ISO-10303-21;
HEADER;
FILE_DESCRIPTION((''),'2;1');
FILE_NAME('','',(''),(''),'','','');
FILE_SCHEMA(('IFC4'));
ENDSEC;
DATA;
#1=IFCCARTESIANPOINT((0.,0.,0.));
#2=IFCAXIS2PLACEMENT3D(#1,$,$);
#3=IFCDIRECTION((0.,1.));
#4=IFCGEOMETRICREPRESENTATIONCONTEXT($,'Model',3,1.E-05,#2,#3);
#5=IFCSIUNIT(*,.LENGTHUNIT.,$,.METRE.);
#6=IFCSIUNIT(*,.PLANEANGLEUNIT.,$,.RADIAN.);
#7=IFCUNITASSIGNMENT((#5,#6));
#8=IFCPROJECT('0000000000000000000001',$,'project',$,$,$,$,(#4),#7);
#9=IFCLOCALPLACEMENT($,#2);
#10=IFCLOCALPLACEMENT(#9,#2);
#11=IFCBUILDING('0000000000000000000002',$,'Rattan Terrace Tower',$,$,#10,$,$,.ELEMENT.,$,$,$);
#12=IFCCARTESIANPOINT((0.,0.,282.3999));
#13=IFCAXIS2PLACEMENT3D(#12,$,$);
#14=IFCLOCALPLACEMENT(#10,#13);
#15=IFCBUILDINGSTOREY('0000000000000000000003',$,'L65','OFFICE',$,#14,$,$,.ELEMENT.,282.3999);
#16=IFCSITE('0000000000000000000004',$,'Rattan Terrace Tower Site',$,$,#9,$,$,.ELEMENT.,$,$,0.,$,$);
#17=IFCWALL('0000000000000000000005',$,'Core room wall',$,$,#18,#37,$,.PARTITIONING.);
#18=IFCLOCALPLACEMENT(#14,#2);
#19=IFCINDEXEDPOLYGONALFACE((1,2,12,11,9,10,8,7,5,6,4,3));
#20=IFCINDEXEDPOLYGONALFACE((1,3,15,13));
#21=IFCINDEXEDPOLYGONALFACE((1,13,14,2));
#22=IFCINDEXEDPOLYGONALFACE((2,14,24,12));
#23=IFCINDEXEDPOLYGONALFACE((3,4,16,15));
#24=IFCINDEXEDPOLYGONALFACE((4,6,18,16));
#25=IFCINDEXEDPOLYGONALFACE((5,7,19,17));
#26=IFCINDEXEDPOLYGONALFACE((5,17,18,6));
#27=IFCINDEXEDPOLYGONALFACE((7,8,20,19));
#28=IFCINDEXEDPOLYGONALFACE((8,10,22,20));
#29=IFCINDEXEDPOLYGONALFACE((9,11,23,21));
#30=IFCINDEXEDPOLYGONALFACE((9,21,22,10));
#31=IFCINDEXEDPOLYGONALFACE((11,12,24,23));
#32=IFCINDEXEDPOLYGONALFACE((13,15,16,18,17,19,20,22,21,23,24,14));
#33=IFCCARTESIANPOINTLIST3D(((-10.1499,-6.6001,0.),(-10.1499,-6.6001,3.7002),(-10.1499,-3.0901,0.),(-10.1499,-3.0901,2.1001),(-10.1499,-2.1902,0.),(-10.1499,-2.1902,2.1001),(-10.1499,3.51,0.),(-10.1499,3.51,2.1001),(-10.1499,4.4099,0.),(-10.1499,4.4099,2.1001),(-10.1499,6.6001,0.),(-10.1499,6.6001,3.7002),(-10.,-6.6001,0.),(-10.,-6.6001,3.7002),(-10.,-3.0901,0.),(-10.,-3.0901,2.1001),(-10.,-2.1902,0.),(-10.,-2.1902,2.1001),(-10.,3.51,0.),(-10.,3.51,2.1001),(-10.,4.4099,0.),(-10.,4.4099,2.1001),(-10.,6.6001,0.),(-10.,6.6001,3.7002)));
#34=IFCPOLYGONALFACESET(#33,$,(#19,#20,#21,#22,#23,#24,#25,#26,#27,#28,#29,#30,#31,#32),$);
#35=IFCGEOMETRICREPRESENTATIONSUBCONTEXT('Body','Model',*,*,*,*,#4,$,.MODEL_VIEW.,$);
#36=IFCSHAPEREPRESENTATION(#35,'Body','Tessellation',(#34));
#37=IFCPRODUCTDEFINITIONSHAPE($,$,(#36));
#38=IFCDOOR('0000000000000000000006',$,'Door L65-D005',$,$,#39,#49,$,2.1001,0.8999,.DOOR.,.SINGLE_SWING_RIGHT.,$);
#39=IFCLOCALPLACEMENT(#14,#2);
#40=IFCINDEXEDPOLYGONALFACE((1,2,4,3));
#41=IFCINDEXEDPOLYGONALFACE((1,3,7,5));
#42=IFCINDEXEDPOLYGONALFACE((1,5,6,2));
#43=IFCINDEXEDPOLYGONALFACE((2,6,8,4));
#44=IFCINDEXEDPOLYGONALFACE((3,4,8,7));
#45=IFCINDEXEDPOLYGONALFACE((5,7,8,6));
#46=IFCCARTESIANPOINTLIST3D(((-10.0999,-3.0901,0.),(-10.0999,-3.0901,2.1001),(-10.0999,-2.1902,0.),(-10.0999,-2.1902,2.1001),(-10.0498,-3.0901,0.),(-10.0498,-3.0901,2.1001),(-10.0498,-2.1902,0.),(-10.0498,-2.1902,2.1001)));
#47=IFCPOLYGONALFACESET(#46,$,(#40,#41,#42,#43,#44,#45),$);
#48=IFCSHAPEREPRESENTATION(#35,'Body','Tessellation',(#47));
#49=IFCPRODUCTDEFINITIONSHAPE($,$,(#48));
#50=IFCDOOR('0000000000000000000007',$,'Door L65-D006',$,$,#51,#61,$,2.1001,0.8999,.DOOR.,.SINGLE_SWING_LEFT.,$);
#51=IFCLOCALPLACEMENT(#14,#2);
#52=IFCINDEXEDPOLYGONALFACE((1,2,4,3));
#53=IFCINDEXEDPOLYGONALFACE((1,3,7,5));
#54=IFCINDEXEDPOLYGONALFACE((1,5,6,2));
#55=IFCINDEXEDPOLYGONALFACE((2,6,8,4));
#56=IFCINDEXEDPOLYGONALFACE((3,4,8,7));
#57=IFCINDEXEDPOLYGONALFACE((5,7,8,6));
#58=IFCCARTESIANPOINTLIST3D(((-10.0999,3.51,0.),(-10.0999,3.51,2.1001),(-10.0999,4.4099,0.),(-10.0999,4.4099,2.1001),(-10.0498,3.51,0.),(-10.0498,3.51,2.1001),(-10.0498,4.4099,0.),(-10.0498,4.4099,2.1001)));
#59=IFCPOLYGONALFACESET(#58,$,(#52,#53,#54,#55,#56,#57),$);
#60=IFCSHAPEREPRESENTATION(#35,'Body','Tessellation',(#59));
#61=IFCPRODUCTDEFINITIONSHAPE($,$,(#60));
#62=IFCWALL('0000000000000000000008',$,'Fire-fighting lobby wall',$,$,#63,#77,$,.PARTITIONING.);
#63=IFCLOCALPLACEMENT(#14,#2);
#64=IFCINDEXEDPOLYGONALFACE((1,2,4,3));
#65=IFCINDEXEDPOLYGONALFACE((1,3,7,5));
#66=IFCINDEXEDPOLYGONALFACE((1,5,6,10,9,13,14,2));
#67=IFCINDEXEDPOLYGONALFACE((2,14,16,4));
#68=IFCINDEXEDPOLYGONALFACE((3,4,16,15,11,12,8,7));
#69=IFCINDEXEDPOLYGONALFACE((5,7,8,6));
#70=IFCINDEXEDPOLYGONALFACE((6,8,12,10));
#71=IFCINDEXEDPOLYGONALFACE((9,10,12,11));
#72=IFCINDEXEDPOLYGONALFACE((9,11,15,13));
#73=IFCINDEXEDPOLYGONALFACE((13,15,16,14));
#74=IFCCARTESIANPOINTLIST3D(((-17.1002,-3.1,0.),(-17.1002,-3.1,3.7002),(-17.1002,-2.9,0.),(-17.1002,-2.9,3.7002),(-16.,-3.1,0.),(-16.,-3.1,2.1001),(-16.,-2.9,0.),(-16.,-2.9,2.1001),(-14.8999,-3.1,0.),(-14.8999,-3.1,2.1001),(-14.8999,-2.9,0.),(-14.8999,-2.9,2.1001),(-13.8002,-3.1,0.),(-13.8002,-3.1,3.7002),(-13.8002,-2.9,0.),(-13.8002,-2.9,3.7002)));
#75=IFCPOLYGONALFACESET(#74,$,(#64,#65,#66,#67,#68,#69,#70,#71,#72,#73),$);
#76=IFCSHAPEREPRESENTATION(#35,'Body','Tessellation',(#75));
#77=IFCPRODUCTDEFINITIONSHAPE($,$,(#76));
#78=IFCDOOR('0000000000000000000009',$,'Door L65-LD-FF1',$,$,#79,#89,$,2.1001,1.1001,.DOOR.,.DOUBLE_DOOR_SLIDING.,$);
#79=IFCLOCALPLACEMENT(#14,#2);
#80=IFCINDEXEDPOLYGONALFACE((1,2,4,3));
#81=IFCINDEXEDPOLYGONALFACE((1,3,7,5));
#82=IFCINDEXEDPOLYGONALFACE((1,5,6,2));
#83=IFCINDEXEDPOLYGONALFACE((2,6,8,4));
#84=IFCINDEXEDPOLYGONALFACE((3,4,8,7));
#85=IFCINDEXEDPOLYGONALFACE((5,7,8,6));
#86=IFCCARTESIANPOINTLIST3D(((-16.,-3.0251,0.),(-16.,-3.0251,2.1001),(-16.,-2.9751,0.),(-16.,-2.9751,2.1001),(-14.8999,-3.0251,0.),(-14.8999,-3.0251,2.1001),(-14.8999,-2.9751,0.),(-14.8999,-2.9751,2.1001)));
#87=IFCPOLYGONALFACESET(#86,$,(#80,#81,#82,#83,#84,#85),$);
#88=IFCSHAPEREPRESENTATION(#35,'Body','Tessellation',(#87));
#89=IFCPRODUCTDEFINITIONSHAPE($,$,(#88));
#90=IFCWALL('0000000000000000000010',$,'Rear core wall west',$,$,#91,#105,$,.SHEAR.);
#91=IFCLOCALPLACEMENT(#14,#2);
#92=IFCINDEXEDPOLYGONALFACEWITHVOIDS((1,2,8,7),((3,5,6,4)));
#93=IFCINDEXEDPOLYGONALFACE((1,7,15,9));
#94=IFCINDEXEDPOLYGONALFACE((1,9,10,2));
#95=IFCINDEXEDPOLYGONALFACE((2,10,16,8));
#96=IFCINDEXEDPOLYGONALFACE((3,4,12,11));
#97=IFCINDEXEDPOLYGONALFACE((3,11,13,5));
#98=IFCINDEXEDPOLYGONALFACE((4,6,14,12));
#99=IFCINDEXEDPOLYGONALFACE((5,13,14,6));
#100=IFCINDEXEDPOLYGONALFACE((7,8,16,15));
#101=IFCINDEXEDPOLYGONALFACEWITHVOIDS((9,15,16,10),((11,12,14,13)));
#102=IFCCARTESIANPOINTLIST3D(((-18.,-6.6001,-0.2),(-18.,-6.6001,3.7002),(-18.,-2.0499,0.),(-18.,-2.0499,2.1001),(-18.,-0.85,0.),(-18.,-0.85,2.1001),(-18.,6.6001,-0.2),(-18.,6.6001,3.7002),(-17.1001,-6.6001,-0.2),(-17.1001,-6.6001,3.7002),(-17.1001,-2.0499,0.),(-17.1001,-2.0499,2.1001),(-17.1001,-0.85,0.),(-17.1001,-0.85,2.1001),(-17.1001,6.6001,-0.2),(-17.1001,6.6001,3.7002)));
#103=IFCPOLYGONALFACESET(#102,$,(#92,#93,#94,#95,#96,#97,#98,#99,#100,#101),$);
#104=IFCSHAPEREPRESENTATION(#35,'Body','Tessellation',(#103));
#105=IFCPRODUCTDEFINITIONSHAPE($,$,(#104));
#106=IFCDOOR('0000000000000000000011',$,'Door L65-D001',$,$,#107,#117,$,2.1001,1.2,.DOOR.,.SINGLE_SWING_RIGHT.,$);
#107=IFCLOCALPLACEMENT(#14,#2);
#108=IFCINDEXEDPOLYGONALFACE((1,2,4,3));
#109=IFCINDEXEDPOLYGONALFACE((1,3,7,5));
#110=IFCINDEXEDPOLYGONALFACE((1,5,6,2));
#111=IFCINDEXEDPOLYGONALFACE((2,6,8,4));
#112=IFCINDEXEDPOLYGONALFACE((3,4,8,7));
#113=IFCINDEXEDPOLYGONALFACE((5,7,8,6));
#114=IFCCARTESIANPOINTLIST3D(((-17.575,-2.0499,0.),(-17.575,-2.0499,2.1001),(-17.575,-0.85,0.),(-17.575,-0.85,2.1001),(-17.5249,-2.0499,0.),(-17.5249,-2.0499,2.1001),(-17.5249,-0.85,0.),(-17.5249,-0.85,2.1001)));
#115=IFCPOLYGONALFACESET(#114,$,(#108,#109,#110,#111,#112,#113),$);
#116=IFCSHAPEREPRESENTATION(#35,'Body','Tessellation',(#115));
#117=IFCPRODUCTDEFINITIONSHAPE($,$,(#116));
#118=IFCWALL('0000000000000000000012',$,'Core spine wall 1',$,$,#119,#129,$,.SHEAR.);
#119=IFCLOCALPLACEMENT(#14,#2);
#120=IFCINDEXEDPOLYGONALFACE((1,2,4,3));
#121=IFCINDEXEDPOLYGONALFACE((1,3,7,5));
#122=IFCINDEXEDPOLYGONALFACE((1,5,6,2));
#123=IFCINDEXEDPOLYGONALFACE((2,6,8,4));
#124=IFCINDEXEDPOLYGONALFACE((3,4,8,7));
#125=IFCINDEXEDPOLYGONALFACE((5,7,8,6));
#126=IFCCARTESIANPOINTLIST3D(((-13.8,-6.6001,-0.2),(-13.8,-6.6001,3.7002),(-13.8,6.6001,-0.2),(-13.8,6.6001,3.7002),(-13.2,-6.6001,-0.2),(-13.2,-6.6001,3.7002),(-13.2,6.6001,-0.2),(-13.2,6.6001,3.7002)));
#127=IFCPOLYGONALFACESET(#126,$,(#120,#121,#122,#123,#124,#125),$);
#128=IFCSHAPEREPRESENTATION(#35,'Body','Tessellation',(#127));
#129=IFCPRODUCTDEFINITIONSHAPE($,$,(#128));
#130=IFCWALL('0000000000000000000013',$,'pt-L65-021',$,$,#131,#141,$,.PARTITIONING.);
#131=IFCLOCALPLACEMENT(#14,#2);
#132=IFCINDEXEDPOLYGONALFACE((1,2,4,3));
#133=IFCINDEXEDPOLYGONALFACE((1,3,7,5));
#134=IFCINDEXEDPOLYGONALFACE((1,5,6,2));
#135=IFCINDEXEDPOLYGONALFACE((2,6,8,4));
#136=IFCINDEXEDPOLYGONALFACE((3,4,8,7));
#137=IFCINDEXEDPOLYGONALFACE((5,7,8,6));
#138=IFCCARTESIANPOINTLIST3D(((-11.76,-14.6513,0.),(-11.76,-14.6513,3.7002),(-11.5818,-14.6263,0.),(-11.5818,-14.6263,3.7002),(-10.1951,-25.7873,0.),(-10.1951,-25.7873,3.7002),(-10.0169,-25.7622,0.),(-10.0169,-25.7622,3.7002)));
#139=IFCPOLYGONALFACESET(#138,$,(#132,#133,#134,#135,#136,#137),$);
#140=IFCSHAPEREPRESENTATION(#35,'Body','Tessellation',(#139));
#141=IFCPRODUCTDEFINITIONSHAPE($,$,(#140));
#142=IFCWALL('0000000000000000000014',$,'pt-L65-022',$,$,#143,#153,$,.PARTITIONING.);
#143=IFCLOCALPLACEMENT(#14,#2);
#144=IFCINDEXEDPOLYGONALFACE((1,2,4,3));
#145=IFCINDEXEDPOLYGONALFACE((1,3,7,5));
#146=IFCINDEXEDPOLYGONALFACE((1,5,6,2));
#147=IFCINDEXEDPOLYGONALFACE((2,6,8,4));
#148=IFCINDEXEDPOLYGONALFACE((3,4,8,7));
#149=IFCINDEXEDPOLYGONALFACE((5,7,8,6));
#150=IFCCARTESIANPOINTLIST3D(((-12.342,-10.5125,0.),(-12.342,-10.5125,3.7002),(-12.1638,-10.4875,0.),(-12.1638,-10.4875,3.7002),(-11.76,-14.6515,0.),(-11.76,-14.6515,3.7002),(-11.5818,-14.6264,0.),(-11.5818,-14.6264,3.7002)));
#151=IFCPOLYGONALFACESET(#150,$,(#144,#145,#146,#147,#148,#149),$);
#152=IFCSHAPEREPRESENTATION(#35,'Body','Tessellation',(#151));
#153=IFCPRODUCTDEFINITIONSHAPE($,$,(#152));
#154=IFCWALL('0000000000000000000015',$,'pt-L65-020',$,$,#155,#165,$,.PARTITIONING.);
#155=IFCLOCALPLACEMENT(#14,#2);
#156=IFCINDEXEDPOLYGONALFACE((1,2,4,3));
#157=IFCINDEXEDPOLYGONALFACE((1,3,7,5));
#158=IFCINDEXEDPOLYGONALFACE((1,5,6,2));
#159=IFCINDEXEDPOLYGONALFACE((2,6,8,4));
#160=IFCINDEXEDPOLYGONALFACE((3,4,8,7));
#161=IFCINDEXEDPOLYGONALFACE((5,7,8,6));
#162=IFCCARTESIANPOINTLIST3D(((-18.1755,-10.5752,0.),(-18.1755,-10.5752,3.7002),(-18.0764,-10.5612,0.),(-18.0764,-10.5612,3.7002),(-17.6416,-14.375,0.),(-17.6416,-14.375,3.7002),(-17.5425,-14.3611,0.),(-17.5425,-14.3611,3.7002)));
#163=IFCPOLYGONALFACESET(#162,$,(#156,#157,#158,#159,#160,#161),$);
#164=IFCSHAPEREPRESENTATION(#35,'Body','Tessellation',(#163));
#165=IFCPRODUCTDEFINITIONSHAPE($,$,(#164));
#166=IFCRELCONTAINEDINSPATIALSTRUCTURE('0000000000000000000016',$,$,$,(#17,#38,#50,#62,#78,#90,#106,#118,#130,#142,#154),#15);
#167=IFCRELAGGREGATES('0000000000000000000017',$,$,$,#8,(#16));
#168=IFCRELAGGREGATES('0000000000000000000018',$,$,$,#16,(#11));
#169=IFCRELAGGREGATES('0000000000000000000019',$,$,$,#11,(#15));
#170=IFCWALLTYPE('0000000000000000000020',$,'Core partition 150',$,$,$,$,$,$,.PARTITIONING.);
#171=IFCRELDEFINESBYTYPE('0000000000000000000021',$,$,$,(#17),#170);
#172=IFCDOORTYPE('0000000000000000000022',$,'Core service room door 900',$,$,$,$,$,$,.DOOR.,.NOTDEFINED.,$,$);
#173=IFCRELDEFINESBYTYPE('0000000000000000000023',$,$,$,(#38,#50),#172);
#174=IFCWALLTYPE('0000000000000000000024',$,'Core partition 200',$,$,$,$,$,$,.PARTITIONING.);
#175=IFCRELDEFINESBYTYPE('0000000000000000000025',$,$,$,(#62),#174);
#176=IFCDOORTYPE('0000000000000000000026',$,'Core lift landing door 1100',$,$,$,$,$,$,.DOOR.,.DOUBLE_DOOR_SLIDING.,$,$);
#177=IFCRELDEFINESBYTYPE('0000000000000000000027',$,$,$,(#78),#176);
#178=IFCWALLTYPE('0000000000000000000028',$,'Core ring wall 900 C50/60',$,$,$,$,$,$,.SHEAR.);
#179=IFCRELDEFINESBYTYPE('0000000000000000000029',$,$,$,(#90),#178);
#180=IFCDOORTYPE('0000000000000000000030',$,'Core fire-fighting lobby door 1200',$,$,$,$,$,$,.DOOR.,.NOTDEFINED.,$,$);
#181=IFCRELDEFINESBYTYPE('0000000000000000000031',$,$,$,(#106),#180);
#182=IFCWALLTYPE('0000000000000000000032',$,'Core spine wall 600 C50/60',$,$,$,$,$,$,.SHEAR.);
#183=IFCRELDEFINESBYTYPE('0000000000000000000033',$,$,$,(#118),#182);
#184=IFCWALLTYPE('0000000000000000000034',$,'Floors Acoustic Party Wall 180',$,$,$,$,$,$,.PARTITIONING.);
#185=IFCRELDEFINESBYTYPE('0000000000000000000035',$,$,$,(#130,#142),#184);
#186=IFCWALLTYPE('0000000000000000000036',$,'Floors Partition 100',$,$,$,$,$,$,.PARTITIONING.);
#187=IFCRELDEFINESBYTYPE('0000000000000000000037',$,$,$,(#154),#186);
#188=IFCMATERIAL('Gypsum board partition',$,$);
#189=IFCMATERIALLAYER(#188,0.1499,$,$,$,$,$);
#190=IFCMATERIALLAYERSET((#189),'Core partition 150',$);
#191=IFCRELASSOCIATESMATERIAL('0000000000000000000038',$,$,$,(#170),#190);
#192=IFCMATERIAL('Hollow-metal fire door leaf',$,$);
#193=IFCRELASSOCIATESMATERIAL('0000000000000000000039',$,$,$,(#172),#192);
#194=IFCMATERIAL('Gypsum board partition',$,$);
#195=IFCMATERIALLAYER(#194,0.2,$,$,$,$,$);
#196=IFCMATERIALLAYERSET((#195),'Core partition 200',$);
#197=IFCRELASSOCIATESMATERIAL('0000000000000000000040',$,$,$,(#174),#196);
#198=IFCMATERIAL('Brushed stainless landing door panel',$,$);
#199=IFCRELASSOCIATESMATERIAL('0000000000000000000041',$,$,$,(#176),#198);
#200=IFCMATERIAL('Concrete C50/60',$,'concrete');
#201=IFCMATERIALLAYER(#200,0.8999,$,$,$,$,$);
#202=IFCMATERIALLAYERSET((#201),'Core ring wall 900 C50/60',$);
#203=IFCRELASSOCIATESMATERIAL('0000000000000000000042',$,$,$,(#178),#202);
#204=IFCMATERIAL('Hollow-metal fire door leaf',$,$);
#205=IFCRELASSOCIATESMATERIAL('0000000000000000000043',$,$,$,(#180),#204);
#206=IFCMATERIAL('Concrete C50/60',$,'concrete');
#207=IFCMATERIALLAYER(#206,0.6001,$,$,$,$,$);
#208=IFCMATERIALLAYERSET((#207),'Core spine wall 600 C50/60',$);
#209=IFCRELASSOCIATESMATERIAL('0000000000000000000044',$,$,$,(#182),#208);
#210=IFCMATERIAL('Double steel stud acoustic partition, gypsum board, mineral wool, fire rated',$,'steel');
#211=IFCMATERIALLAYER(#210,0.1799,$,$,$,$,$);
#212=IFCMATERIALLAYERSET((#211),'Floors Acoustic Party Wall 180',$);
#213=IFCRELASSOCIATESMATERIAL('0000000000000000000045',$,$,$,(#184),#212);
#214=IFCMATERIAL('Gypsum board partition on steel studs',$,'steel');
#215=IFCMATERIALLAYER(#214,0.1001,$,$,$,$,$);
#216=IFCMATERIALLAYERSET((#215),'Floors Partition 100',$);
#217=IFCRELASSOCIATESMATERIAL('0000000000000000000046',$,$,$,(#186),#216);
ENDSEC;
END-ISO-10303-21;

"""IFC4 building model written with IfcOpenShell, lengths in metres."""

from ifc_helpers import new_model, si_unit, direction, frame, frame_2d, origin, place, context, subcontext, project, spatial, rectangle, extrude, material, layer, layer_set, type_object, element, fill, save


model = new_model("IFC4")

# Units and contexts
model_context = context("Model", 3, precision=1e-05, world=origin(), true_north=direction((0.0, 1.0)))
body_context = subcontext(model_context, "Body", "Model", "MODEL_VIEW")
ifc_project = project(units=[si_unit("LENGTHUNIT", "METRE"), si_unit("PLANEANGLEUNIT", "RADIAN")], contexts=[model_context])

# Site, building, storey
site_placement = place(None, origin())
site = spatial("IfcSite", under=ifc_project, at=site_placement, Name="Rattan Terrace Tower Site", CompositionType="ELEMENT", RefElevation=0.0)
building_placement = place(site_placement, origin())
building = spatial("IfcBuilding", under=site, at=building_placement, Name="Rattan Terrace Tower", CompositionType="ELEMENT")
storey_placement = place(building_placement, frame((0.0, 0.0, 282.3999)))
storey = spatial("IfcBuildingStorey", under=building, at=storey_placement, Name="L65", Description="OFFICE", CompositionType="ELEMENT", Elevation=282.3999)

# Wall, openings, doors
ifc_material_1 = material(Name="Gypsum board partition")
ifc_layer_1 = layer(ifc_material_1, 0.1499)
ifc_layer_set_1 = layer_set([ifc_layer_1], Name="Core partition 150")
wall_type_1 = type_object("IfcWallType", Name="Core partition 150", PredefinedType="PARTITIONING", material=ifc_layer_set_1)
wall_1_placement = place(storey_placement, frame((-10.075, -6.6001, 0.0), z_axis=(0.0, 0.0, 1.0), x_axis=(0.0, 1.0, 0.0)))
wall_1 = element("IfcWall", 1, at=wall_1_placement, inside=storey, type_object=wall_type_1, Name="Core room wall", PredefinedType="PARTITIONING", context=body_context, shape_type="SweptSolid", body=[
    extrude(rectangle(XDim=13.2002, YDim=0.1499, at=frame_2d((6.6001, 0.0))), origin(), (0.0, 0.0, 1.0), 3.7002),
])
opening_1_placement = place(wall_1_placement, frame((3.51, 0.0, 0.0)))
opening_1 = element("IfcOpeningElement", 2, at=opening_1_placement, cuts=wall_1, PredefinedType="OPENING", context=body_context, shape_type="SweptSolid", body=[
    extrude(rectangle(XDim=0.8999, YDim=2.1001, at=frame_2d((0.45, 1.05))), frame((0.0, 0.0854, 0.0), z_axis=(0.0, -1.0, 0.0), x_axis=(1.0, 0.0, 0.0)), (0.0, 0.0, 1.0), 0.1709),
])
opening_2_placement = place(wall_1_placement, frame((10.1101, 0.0, 0.0)))
opening_2 = element("IfcOpeningElement", 3, at=opening_2_placement, cuts=wall_1, PredefinedType="OPENING", context=body_context, shape_type="SweptSolid", body=[
    extrude(rectangle(XDim=0.8999, YDim=2.1001, at=frame_2d((0.45, 1.05))), frame((0.0, 0.0854, 0.0), z_axis=(0.0, -1.0, 0.0), x_axis=(1.0, 0.0, 0.0)), (0.0, 0.0, 1.0), 0.1709),
])
ifc_material_2 = material(Name="Hollow-metal fire door leaf")
door_type_1 = type_object("IfcDoorType", Name="Core service room door 900", OperationType="NOTDEFINED", PredefinedType="DOOR", material=ifc_material_2)
door_1_placement = place(opening_1_placement, origin())
door_1 = element("IfcDoor", 4, at=door_1_placement, inside=storey, type_object=door_type_1, Name="Door L65-D005", OperationType="SINGLE_SWING_RIGHT", OverallHeight=2.1001, OverallWidth=0.8999, PredefinedType="DOOR", context=body_context, shape_type="SweptSolid", body=[
    extrude(rectangle(XDim=0.8999, YDim=2.1001, at=frame_2d((0.45, 1.05))), frame((0.0, 0.0249, 0.0), z_axis=(0.0, -1.0, 0.0), x_axis=(1.0, 0.0, 0.0)), (0.0, 0.0, 1.0), 0.05),
])
fill(opening_1, door_1)
door_2_placement = place(opening_2_placement, origin())
door_2 = element("IfcDoor", 5, at=door_2_placement, inside=storey, type_object=door_type_1, Name="Door L65-D006", OperationType="SINGLE_SWING_LEFT", OverallHeight=2.1001, OverallWidth=0.8999, PredefinedType="DOOR", context=body_context, shape_type="SweptSolid", body=[
    extrude(rectangle(XDim=0.8999, YDim=2.1001, at=frame_2d((0.45, 1.05))), frame((0.0, 0.0249, 0.0), z_axis=(0.0, -1.0, 0.0), x_axis=(1.0, 0.0, 0.0)), (0.0, 0.0, 1.0), 0.05),
])
fill(opening_2, door_2)

# Walls, openings, doors
ifc_material_3 = material(Name="Gypsum board partition")
ifc_layer_2 = layer(ifc_material_3, 0.2)
ifc_layer_set_2 = layer_set([ifc_layer_2], Name="Core partition 200")
wall_type_2 = type_object("IfcWallType", Name="Core partition 200", PredefinedType="PARTITIONING", material=ifc_layer_set_2)
wall_2_placement = place(storey_placement, frame((-17.1001, -3.0, 0.0), z_axis=(0.0, 0.0, 1.0), x_axis=(1.0, 0.0, 0.0)))
wall_2 = element("IfcWall", 6, at=wall_2_placement, inside=storey, type_object=wall_type_2, Name="Fire-fighting lobby wall", PredefinedType="PARTITIONING", context=body_context, shape_type="SweptSolid", body=[
    extrude(rectangle(XDim=3.3, YDim=0.2, at=frame_2d((1.6499, 0.0))), origin(), (0.0, 0.0, 1.0), 3.7002),
])
opening_3_placement = place(wall_2_placement, frame((1.1001, 0.0, 0.0)))
opening_3 = element("IfcOpeningElement", 7, at=opening_3_placement, cuts=wall_2, PredefinedType="OPENING", context=body_context, shape_type="SweptSolid", body=[
    extrude(rectangle(XDim=1.1001, YDim=2.1001, at=frame_2d((0.55, 1.05))), frame((0.0, 0.1106, 0.0), z_axis=(0.0, -1.0, 0.0), x_axis=(1.0, 0.0, 0.0)), (0.0, 0.0, 1.0), 0.2209),
])
ifc_material_4 = material(Name="Brushed stainless landing door panel")
door_type_2 = type_object("IfcDoorType", Name="Core lift landing door 1100", OperationType="DOUBLE_DOOR_SLIDING", PredefinedType="DOOR", material=ifc_material_4)
door_3_placement = place(opening_3_placement, origin())
door_3 = element("IfcDoor", 8, at=door_3_placement, inside=storey, type_object=door_type_2, Name="Door L65-LD-FF1", OperationType="DOUBLE_DOOR_SLIDING", OverallHeight=2.1001, OverallWidth=1.1001, PredefinedType="DOOR", context=body_context, shape_type="SweptSolid", body=[
    extrude(rectangle(XDim=1.1001, YDim=2.1001, at=frame_2d((0.55, 1.05))), frame((0.0, 0.0249, 0.0), z_axis=(0.0, -1.0, 0.0), x_axis=(1.0, 0.0, 0.0)), (0.0, 0.0, 1.0), 0.05),
])
fill(opening_3, door_3)
ifc_material_5 = material(Name="Concrete C50/60", Category="concrete")
ifc_layer_3 = layer(ifc_material_5, 0.8999)
ifc_layer_set_3 = layer_set([ifc_layer_3], Name="Core ring wall 900 C50/60")
wall_type_3 = type_object("IfcWallType", Name="Core ring wall 900 C50/60", PredefinedType="SHEAR", material=ifc_layer_set_3)
wall_3_placement = place(storey_placement, frame((-17.55, -6.6001, -0.2), z_axis=(0.0, 0.0, 1.0), x_axis=(0.0, 1.0, 0.0)))
wall_3 = element("IfcWall", 9, at=wall_3_placement, inside=storey, type_object=wall_type_3, Name="Rear core wall west", PredefinedType="SHEAR", context=body_context, shape_type="SweptSolid", body=[
    extrude(rectangle(XDim=13.2002, YDim=0.8999, at=frame_2d((6.6001, 0.0))), origin(), (0.0, 0.0, 1.0), 3.9001),
])
opening_4_placement = place(wall_3_placement, frame((4.55, 0.0, 0.2)))
opening_4 = element("IfcOpeningElement", 10, at=opening_4_placement, cuts=wall_3, PredefinedType="OPENING", context=body_context, shape_type="SweptSolid", body=[
    extrude(rectangle(XDim=1.2, YDim=2.1001, at=frame_2d((0.6001, 1.05))), frame((0.0, 0.4604, 0.0), z_axis=(0.0, -1.0, 0.0), x_axis=(1.0, 0.0, 0.0)), (0.0, 0.0, 1.0), 0.9209),
])
ifc_material_6 = material(Name="Hollow-metal fire door leaf")
door_type_3 = type_object("IfcDoorType", Name="Core fire-fighting lobby door 1200", OperationType="NOTDEFINED", PredefinedType="DOOR", material=ifc_material_6)
door_4_placement = place(opening_4_placement, origin())
door_4 = element("IfcDoor", 11, at=door_4_placement, inside=storey, type_object=door_type_3, Name="Door L65-D001", OperationType="SINGLE_SWING_RIGHT", OverallHeight=2.1001, OverallWidth=1.2, PredefinedType="DOOR", context=body_context, shape_type="SweptSolid", body=[
    extrude(rectangle(XDim=1.2, YDim=2.1001, at=frame_2d((0.6001, 1.05))), frame((0.0, 0.0249, 0.0), z_axis=(0.0, -1.0, 0.0), x_axis=(1.0, 0.0, 0.0)), (0.0, 0.0, 1.0), 0.05),
])
fill(opening_4, door_4)

# Walls
ifc_material_7 = material(Name="Concrete C50/60", Category="concrete")
ifc_layer_4 = layer(ifc_material_7, 0.6001)
ifc_layer_set_4 = layer_set([ifc_layer_4], Name="Core spine wall 600 C50/60")
wall_type_4 = type_object("IfcWallType", Name="Core spine wall 600 C50/60", PredefinedType="SHEAR", material=ifc_layer_set_4)
wall_4_placement = place(storey_placement, frame((-13.5, -6.6001, -0.2), z_axis=(0.0, 0.0, 1.0), x_axis=(0.0, 1.0, 0.0)))
element("IfcWall", 12, at=wall_4_placement, inside=storey, type_object=wall_type_4, Name="Core spine wall 1", PredefinedType="SHEAR", context=body_context, shape_type="SweptSolid", body=[
    extrude(rectangle(XDim=13.2002, YDim=0.6001, at=frame_2d((6.6001, 0.0))), origin(), (0.0, 0.0, 1.0), 3.9001),
])
ifc_material_8 = material(Name="Double steel stud acoustic partition, gypsum board, mineral wool, fire rated", Category="steel")
ifc_layer_5 = layer(ifc_material_8, 0.1799)
ifc_layer_set_5 = layer_set([ifc_layer_5], Name="Floors Acoustic Party Wall 180")
wall_type_5 = type_object("IfcWallType", Name="Floors Acoustic Party Wall 180", PredefinedType="PARTITIONING", material=ifc_layer_set_5)
wall_5_placement = place(storey_placement, frame((-11.6709, -14.6389, 0.0), z_axis=(0.0, 0.0, 1.0), x_axis=(0.139163, -0.99027, 0.0)))
element("IfcWall", 13, at=wall_5_placement, inside=storey, type_object=wall_type_5, Name="pt-L65-021", PredefinedType="PARTITIONING", context=body_context, shape_type="SweptSolid", body=[
    extrude(rectangle(XDim=11.2454, YDim=0.1799, at=frame_2d((5.6226, 0.0))), origin(), (0.0, 0.0, 1.0), 3.7002),
])
wall_6_placement = place(storey_placement, frame((-12.2529, -10.5, 0.0), z_axis=(0.0, 0.0, 1.0), x_axis=(0.139254, -0.990257, 0.0)))
element("IfcWall", 14, at=wall_6_placement, inside=storey, type_object=wall_type_5, Name="pt-L65-022", PredefinedType="PARTITIONING", context=body_context, shape_type="SweptSolid", body=[
    extrude(rectangle(XDim=4.1797, YDim=0.1799, at=frame_2d((2.0898, 0.0))), origin(), (0.0, 0.0, 1.0), 3.7002),
])
ifc_material_9 = material(Name="Gypsum board partition on steel studs", Category="steel")
ifc_layer_6 = layer(ifc_material_9, 0.1001)
ifc_layer_set_6 = layer_set([ifc_layer_6], Name="Floors Partition 100")
wall_type_6 = type_object("IfcWallType", Name="Floors Partition 100", PredefinedType="PARTITIONING", material=ifc_layer_set_6)
wall_7_placement = place(storey_placement, frame((-17.592, -14.3679, 0.0), z_axis=(0.0, 0.0, 1.0), x_axis=(-0.13915, 0.990271, 0.0)))
element("IfcWall", 15, at=wall_7_placement, inside=storey, type_object=wall_type_6, Name="pt-L65-020", PredefinedType="PARTITIONING", context=body_context, shape_type="SweptSolid", body=[
    extrude(rectangle(XDim=3.8372, YDim=0.1001, at=frame_2d((1.9185, 0.0))), origin(), (0.0, 0.0, 1.0), 3.7002),
])

save(model, "model.ifc")
